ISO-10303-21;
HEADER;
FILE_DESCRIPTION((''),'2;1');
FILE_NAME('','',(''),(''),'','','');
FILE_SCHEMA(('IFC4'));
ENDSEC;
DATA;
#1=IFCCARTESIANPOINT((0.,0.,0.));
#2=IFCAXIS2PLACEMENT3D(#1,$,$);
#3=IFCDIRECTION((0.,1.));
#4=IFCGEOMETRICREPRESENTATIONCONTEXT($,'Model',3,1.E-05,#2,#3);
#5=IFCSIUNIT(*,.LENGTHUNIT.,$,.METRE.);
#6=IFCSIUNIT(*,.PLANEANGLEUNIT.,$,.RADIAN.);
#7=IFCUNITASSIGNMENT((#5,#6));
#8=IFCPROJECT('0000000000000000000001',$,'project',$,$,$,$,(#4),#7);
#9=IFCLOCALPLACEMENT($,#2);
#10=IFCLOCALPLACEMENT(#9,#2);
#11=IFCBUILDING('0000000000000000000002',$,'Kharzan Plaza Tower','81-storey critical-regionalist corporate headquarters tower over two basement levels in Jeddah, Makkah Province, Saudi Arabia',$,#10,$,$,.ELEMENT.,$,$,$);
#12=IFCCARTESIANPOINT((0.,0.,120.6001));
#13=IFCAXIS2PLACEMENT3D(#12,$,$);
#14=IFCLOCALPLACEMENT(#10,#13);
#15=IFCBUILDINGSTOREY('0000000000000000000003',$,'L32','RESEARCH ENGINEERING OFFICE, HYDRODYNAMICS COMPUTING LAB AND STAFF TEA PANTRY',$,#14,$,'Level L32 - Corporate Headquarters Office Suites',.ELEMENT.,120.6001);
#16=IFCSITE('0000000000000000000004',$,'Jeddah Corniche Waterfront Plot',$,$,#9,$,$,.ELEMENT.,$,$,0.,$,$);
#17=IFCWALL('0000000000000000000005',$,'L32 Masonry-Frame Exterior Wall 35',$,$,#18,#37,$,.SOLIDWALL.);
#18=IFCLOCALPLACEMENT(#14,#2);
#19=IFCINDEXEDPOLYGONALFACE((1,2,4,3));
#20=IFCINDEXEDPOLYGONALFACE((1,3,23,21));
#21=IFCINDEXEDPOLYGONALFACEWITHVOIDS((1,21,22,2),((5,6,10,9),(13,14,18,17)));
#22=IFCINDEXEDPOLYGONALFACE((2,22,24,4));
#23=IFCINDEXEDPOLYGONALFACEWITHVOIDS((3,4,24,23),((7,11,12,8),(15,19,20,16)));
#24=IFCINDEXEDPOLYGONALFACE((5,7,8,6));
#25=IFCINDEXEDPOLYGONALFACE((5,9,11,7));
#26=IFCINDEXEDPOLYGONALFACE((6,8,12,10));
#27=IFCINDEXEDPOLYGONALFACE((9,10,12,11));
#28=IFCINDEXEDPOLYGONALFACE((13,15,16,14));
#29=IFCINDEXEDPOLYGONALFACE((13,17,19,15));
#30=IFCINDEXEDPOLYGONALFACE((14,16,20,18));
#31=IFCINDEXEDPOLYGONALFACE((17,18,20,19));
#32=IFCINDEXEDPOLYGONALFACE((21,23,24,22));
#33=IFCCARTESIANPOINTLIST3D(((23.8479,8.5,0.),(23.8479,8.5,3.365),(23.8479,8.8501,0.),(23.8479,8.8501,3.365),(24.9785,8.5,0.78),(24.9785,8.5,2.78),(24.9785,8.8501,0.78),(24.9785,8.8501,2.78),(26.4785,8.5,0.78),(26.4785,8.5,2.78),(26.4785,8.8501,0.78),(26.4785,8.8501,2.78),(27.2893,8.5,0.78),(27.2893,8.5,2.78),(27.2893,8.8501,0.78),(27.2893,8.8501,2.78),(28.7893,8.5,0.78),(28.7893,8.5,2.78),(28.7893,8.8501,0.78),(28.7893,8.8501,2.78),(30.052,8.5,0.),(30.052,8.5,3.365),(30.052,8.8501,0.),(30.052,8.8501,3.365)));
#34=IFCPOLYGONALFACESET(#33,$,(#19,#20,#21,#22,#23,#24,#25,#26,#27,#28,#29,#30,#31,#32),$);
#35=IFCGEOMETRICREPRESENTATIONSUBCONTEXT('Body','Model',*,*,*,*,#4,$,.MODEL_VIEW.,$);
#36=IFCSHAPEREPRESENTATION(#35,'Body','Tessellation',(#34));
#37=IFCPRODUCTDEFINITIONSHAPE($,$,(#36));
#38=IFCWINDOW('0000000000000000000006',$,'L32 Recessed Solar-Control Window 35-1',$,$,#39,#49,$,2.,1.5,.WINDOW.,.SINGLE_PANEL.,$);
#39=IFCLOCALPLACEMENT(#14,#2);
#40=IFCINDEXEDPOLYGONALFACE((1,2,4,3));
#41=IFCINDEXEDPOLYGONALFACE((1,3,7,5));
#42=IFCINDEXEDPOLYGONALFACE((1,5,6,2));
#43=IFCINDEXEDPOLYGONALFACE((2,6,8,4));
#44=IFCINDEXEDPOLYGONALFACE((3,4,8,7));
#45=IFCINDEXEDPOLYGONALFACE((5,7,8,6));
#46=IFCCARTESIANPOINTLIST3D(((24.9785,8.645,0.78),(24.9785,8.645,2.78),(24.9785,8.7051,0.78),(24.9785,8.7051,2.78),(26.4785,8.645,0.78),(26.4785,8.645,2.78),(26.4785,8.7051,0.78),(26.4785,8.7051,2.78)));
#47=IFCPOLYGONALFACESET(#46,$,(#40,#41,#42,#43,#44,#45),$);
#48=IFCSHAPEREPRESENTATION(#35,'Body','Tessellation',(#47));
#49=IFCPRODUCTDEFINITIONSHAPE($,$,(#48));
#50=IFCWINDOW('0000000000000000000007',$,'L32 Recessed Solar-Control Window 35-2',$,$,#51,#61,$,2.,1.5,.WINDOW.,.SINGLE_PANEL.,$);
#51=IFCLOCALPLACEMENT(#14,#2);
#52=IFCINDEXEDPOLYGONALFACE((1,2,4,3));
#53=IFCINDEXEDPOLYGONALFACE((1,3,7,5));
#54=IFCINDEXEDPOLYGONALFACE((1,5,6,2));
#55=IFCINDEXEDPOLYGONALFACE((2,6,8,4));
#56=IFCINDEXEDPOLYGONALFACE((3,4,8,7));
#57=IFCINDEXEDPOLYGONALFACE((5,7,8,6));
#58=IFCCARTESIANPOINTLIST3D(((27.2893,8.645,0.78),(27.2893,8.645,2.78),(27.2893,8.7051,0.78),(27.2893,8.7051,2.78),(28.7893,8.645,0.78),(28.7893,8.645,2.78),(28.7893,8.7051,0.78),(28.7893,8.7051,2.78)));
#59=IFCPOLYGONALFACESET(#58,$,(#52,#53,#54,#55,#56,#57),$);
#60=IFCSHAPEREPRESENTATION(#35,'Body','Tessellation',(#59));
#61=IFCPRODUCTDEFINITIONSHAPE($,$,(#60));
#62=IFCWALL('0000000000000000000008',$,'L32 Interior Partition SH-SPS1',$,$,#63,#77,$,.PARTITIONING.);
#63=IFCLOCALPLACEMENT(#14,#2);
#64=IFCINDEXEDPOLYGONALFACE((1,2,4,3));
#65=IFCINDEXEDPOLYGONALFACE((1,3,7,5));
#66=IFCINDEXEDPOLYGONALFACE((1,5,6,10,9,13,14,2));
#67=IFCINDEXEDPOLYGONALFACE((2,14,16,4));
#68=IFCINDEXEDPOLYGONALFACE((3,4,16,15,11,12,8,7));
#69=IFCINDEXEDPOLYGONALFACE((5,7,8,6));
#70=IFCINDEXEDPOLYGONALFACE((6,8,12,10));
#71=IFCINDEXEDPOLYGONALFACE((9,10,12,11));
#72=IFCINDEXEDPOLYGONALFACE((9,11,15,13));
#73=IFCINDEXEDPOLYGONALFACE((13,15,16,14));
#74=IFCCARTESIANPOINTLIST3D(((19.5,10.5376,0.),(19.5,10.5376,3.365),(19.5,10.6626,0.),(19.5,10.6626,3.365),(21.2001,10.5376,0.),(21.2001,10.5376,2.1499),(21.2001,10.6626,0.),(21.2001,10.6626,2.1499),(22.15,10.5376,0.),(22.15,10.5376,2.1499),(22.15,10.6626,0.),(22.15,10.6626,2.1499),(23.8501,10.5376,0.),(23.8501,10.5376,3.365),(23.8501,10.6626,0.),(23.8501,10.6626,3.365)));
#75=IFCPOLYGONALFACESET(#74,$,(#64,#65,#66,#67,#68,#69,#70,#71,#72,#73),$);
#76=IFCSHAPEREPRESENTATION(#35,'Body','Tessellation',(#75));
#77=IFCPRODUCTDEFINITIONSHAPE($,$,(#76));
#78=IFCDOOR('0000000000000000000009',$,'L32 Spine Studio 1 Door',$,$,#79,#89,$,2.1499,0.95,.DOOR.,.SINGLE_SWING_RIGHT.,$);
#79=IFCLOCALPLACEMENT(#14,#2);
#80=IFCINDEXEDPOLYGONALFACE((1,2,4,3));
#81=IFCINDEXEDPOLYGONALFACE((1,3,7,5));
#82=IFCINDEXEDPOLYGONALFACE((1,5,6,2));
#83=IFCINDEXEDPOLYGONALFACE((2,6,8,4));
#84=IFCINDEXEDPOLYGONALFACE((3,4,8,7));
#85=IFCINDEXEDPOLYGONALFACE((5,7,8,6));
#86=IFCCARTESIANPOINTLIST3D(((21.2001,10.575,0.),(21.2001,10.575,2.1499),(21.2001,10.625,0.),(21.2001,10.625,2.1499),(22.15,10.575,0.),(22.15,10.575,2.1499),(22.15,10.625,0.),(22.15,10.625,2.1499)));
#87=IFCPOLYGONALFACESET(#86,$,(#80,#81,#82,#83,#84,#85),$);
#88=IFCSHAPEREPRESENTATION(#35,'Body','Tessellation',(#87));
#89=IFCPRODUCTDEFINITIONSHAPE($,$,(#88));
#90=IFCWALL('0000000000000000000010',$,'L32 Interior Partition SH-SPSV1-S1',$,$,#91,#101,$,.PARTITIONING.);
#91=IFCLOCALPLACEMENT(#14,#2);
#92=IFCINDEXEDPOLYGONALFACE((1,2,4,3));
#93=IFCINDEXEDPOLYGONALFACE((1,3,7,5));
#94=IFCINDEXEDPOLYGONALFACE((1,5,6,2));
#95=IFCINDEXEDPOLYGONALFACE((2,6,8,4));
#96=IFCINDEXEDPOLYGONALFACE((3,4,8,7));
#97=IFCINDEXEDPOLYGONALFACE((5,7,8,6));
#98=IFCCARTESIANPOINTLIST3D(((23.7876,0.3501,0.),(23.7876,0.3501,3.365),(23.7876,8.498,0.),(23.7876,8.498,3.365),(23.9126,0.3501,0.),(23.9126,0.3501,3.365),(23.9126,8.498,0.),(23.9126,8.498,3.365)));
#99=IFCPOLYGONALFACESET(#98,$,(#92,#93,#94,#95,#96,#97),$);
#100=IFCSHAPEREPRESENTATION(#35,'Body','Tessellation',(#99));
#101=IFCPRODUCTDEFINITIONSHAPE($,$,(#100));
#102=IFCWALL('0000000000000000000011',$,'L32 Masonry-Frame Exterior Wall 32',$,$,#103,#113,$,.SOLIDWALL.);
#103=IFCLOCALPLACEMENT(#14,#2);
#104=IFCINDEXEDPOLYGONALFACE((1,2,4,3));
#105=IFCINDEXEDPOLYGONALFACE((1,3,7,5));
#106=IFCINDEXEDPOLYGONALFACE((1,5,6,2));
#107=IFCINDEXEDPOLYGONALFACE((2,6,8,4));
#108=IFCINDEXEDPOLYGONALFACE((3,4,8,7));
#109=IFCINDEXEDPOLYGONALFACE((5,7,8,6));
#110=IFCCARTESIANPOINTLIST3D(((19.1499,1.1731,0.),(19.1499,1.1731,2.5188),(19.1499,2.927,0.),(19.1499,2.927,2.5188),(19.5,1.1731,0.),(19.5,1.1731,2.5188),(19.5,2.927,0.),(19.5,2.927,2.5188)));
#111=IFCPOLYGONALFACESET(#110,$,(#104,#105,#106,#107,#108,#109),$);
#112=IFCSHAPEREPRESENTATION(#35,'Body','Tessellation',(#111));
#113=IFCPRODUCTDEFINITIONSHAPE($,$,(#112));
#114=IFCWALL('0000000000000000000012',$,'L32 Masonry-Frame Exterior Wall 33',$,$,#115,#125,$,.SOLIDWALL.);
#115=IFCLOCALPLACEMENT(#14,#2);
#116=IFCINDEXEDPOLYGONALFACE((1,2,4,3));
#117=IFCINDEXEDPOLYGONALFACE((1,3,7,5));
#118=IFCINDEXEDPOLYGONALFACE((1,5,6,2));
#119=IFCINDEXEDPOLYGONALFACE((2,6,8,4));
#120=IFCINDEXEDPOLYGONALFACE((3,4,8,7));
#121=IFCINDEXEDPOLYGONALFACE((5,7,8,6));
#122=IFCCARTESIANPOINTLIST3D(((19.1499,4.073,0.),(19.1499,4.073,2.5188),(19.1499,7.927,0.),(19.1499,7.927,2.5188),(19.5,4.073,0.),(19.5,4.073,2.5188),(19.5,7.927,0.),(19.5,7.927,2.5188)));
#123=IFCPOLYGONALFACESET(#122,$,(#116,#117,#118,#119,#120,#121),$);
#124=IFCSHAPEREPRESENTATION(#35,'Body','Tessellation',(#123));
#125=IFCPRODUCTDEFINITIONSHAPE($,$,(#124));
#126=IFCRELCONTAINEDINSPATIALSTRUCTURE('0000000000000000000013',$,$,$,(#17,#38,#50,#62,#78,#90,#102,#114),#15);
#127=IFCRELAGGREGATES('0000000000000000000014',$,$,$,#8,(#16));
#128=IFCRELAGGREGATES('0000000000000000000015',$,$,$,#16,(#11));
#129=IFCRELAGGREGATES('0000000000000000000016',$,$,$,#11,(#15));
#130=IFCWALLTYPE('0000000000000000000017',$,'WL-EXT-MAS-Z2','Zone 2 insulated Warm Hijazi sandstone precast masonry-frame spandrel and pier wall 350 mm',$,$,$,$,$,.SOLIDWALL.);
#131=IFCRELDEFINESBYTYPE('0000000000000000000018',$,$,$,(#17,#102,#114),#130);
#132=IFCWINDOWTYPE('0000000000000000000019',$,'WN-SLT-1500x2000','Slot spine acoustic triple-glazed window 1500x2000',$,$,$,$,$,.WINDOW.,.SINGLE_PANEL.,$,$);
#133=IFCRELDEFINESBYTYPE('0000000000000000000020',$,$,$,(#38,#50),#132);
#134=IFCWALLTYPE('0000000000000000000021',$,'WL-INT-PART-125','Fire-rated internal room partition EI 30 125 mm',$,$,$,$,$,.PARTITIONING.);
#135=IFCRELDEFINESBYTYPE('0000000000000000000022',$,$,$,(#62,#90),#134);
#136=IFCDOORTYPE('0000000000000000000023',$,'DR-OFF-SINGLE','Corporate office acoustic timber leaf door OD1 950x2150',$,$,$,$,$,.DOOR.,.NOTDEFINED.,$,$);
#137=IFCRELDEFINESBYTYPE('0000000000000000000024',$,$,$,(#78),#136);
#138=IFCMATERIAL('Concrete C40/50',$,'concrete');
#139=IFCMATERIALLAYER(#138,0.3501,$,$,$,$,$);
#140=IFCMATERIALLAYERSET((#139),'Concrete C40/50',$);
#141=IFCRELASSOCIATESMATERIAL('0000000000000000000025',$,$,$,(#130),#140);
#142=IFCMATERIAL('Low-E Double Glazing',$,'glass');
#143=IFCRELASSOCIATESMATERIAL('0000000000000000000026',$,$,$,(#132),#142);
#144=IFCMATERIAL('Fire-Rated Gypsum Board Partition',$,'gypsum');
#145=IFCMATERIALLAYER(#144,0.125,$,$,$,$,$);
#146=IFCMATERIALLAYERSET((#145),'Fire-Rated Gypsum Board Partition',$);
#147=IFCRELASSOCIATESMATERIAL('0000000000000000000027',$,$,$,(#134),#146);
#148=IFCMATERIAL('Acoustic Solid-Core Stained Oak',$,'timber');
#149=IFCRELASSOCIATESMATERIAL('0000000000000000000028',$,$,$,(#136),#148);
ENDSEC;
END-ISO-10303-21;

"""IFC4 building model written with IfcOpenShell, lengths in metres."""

from ifc_helpers import new_model, si_unit, direction, frame, frame_2d, origin, place, context, subcontext, project, spatial, rectangle, extrude, source, transform, mapped, material, layer, layer_set, type_object, element, fill, save


model = new_model("IFC4")

# Units and contexts
model_context = context("Model", 3, precision=1e-05, world=origin(), true_north=direction((0.0, 1.0)))
body_context = subcontext(model_context, "Body", "Model", "MODEL_VIEW")
ifc_project = project(units=[si_unit("LENGTHUNIT", "METRE"), si_unit("PLANEANGLEUNIT", "RADIAN")], contexts=[model_context])

# Site, building, storey
site_placement = place(None, origin())
site = spatial("IfcSite", under=ifc_project, at=site_placement, Name="Jeddah Corniche Waterfront Plot", CompositionType="ELEMENT", RefElevation=0.0)
building_placement = place(site_placement, origin())
building = spatial("IfcBuilding", under=site, at=building_placement, Name="Kharzan Plaza Tower", Description="81-storey critical-regionalist corporate headquarters tower over two basement levels in Jeddah, Makkah Province, Saudi Arabia", CompositionType="ELEMENT")
storey_placement = place(building_placement, frame((0.0, 0.0, 120.6001)))
storey = spatial("IfcBuildingStorey", under=building, at=storey_placement, Name="L32", Description="RESEARCH ENGINEERING OFFICE, HYDRODYNAMICS COMPUTING LAB AND STAFF TEA PANTRY", LongName="Level L32 - Corporate Headquarters Office Suites", CompositionType="ELEMENT", Elevation=120.6001)

# Shared definitions
ifc_material_1 = material(Name="Concrete C40/50", Category="concrete")
ifc_layer_1 = layer(ifc_material_1, 0.3501)
ifc_layer_set_1 = layer_set([ifc_layer_1], Name="Concrete C40/50")
wall_type_1 = type_object("IfcWallType", Name="WL-EXT-MAS-Z2", Description="Zone 2 insulated Warm Hijazi sandstone precast masonry-frame spandrel and pier wall 350 mm", PredefinedType="SOLIDWALL", material=ifc_layer_set_1)
ifc_material_2 = material(Name="Low-E Double Glazing", Category="glass")
window_type = type_object("IfcWindowType", Name="WN-SLT-1500x2000", Description="Slot spine acoustic triple-glazed window 1500x2000", PartitioningType="SINGLE_PANEL", PredefinedType="WINDOW", material=ifc_material_2)
shared_shape_1 = source(origin(), body_context, "Body", "SweptSolid", [
    extrude(rectangle(XDim=1.5, YDim=2.0, at=frame_2d((0.75, 1.0))), frame((0.0, 0.03, 0.0), z_axis=(0.0, -1.0, 0.0), x_axis=(1.0, 0.0, 0.0)), (0.0, 0.0, 1.0), 0.0601),
])

# Wall, openings, windows
wall_1_placement = place(storey_placement, frame((23.8479, 8.675, 0.0), z_axis=(0.0, 0.0, 1.0), x_axis=(1.0, 0.0, 0.0)))
wall_1 = element("IfcWall", 1, at=wall_1_placement, inside=storey, type_object=wall_type_1, Name="L32 Masonry-Frame Exterior Wall 35", PredefinedType="SOLIDWALL", context=body_context, shape_type="SweptSolid", body=[
    extrude(rectangle(XDim=6.2041, YDim=0.3501, at=frame_2d((3.1021, 0.0))), origin(), (0.0, 0.0, 1.0), 3.365),
])
opening_1_placement = place(wall_1_placement, frame((1.1306, 0.0, 0.78)))
opening_1 = element("IfcOpeningElement", 2, at=opening_1_placement, cuts=wall_1, PredefinedType="OPENING", context=body_context, shape_type="SweptSolid", body=[
    extrude(rectangle(XDim=1.5, YDim=2.0, at=frame_2d((0.75, 1.0))), frame((0.0, 0.1851, 0.0), z_axis=(0.0, -1.0, 0.0), x_axis=(1.0, 0.0, 0.0)), (0.0, 0.0, 1.0), 0.3701),
])
opening_2_placement = place(wall_1_placement, frame((3.4414, 0.0, 0.78)))
opening_2 = element("IfcOpeningElement", 3, at=opening_2_placement, cuts=wall_1, PredefinedType="OPENING", context=body_context, shape_type="SweptSolid", body=[
    extrude(rectangle(XDim=1.5, YDim=2.0, at=frame_2d((0.75, 1.0))), frame((0.0, 0.1851, 0.0), z_axis=(0.0, -1.0, 0.0), x_axis=(1.0, 0.0, 0.0)), (0.0, 0.0, 1.0), 0.3701),
])
window_1_placement = place(opening_1_placement, origin())
window_1 = element("IfcWindow", 4, at=window_1_placement, inside=storey, type_object=window_type, Name="L32 Recessed Solar-Control Window 35-1", OverallHeight=2.0, OverallWidth=1.5, PartitioningType="SINGLE_PANEL", PredefinedType="WINDOW", context=body_context, shape_type="MappedRepresentation", body=[
    mapped(shared_shape_1, transform((0.0, 0.0, 0.0), x_axis=(1.0, 0.0, 0.0), y_axis=(0.0, 1.0, 0.0), z_axis=(0.0, 0.0, 1.0))),
])
fill(opening_1, window_1)
window_2_placement = place(opening_2_placement, origin())
window_2 = element("IfcWindow", 5, at=window_2_placement, inside=storey, type_object=window_type, Name="L32 Recessed Solar-Control Window 35-2", OverallHeight=2.0, OverallWidth=1.5, PartitioningType="SINGLE_PANEL", PredefinedType="WINDOW", context=body_context, shape_type="MappedRepresentation", body=[
    mapped(shared_shape_1, transform((0.0, 0.0, 0.0), x_axis=(1.0, 0.0, 0.0), y_axis=(0.0, 1.0, 0.0), z_axis=(0.0, 0.0, 1.0))),
])
fill(opening_2, window_2)

# Wall, opening, door
ifc_material_3 = material(Name="Fire-Rated Gypsum Board Partition", Category="gypsum")
ifc_layer_2 = layer(ifc_material_3, 0.125)
ifc_layer_set_2 = layer_set([ifc_layer_2], Name="Fire-Rated Gypsum Board Partition")
wall_type_2 = type_object("IfcWallType", Name="WL-INT-PART-125", Description="Fire-rated internal room partition EI 30 125 mm", PredefinedType="PARTITIONING", material=ifc_layer_set_2)
wall_2_placement = place(storey_placement, frame((19.5, 10.6001, 0.0), z_axis=(0.0, 0.0, 1.0), x_axis=(1.0, 0.0, 0.0)))
wall_2 = element("IfcWall", 6, at=wall_2_placement, inside=storey, type_object=wall_type_2, Name="L32 Interior Partition SH-SPS1", PredefinedType="PARTITIONING", context=body_context, shape_type="SweptSolid", body=[
    extrude(rectangle(XDim=4.3501, YDim=0.125, at=frame_2d((2.175, 0.0))), origin(), (0.0, 0.0, 1.0), 3.365),
])
opening_3_placement = place(wall_2_placement, frame((1.7, 0.0, 0.0)))
opening_3 = element("IfcOpeningElement", 7, at=opening_3_placement, cuts=wall_2, PredefinedType="OPENING", context=body_context, shape_type="SweptSolid", body=[
    extrude(rectangle(XDim=0.95, YDim=2.1499, at=frame_2d((0.4751, 1.075))), frame((0.0, 0.0725, 0.0), z_axis=(0.0, -1.0, 0.0), x_axis=(1.0, 0.0, 0.0)), (0.0, 0.0, 1.0), 0.145),
])
ifc_material_4 = material(Name="Acoustic Solid-Core Stained Oak", Category="timber")
door_type = type_object("IfcDoorType", Name="DR-OFF-SINGLE", Description="Corporate office acoustic timber leaf door OD1 950x2150", OperationType="NOTDEFINED", PredefinedType="DOOR", material=ifc_material_4)
shared_shape_2 = source(origin(), body_context, "Body", "SweptSolid", [
    extrude(rectangle(XDim=0.95, YDim=2.1499, at=frame_2d((0.4751, 1.075))), frame((0.0, 0.0249, 0.0), z_axis=(0.0, -1.0, 0.0), x_axis=(1.0, 0.0, 0.0)), (0.0, 0.0, 1.0), 0.05),
])
door_placement = place(opening_3_placement, origin())
door = element("IfcDoor", 8, at=door_placement, inside=storey, type_object=door_type, Name="L32 Spine Studio 1 Door", OperationType="SINGLE_SWING_RIGHT", OverallHeight=2.1499, OverallWidth=0.95, PredefinedType="DOOR", context=body_context, shape_type="MappedRepresentation", body=[
    mapped(shared_shape_2, transform((0.0, 0.0, 0.0), x_axis=(1.0, 0.0, 0.0), y_axis=(0.0, 1.0, 0.0), z_axis=(0.0, 0.0, 1.0))),
])
fill(opening_3, door)

# Walls
shared_shape_3 = source(origin(), body_context, "Body", "SweptSolid", [
    extrude(rectangle(XDim=8.1479, YDim=0.125, at=frame_2d((4.074, 0.0))), origin(), (0.0, 0.0, 1.0), 3.365),
])
wall_3_placement = place(storey_placement, frame((23.8501, 0.3501, 0.0), z_axis=(0.0, 0.0, 1.0), x_axis=(0.0, 1.0, 0.0)))
element("IfcWall", 9, at=wall_3_placement, inside=storey, type_object=wall_type_2, Name="L32 Interior Partition SH-SPSV1-S1", PredefinedType="PARTITIONING", context=body_context, shape_type="MappedRepresentation", body=[
    mapped(shared_shape_3, transform((0.0, 0.0, 0.0), x_axis=(1.0, 0.0, 0.0), y_axis=(0.0, 1.0, 0.0), z_axis=(0.0, 0.0, 1.0))),
])
shared_shape_4 = source(origin(), body_context, "Body", "SweptSolid", [
    extrude(rectangle(XDim=1.7539, YDim=0.3501, at=frame_2d((0.877, 0.0))), origin(), (0.0, 0.0, 1.0), 2.5188),
])
wall_4_placement = place(storey_placement, frame((19.325, 1.1731, 0.0), z_axis=(0.0, 0.0, 1.0), x_axis=(0.0, 1.0, 0.0)))
element("IfcWall", 10, at=wall_4_placement, inside=storey, type_object=wall_type_1, Name="L32 Masonry-Frame Exterior Wall 32", PredefinedType="SOLIDWALL", context=body_context, shape_type="MappedRepresentation", body=[
    mapped(shared_shape_4, transform((0.0, 0.0, 0.0), x_axis=(1.0, 0.0, 0.0), y_axis=(0.0, 1.0, 0.0), z_axis=(0.0, 0.0, 1.0))),
])
shared_shape_5 = source(origin(), body_context, "Body", "SweptSolid", [
    extrude(rectangle(XDim=3.854, YDim=0.3501, at=frame_2d((1.927, 0.0))), origin(), (0.0, 0.0, 1.0), 2.5188),
])
wall_5_placement = place(storey_placement, frame((19.325, 4.073, 0.0), z_axis=(0.0, 0.0, 1.0), x_axis=(0.0, 1.0, 0.0)))
element("IfcWall", 11, at=wall_5_placement, inside=storey, type_object=wall_type_1, Name="L32 Masonry-Frame Exterior Wall 33", PredefinedType="SOLIDWALL", context=body_context, shape_type="MappedRepresentation", body=[
    mapped(shared_shape_5, transform((0.0, 0.0, 0.0), x_axis=(1.0, 0.0, 0.0), y_axis=(0.0, 1.0, 0.0), z_axis=(0.0, 0.0, 1.0))),
])

save(model, "model.ifc")
